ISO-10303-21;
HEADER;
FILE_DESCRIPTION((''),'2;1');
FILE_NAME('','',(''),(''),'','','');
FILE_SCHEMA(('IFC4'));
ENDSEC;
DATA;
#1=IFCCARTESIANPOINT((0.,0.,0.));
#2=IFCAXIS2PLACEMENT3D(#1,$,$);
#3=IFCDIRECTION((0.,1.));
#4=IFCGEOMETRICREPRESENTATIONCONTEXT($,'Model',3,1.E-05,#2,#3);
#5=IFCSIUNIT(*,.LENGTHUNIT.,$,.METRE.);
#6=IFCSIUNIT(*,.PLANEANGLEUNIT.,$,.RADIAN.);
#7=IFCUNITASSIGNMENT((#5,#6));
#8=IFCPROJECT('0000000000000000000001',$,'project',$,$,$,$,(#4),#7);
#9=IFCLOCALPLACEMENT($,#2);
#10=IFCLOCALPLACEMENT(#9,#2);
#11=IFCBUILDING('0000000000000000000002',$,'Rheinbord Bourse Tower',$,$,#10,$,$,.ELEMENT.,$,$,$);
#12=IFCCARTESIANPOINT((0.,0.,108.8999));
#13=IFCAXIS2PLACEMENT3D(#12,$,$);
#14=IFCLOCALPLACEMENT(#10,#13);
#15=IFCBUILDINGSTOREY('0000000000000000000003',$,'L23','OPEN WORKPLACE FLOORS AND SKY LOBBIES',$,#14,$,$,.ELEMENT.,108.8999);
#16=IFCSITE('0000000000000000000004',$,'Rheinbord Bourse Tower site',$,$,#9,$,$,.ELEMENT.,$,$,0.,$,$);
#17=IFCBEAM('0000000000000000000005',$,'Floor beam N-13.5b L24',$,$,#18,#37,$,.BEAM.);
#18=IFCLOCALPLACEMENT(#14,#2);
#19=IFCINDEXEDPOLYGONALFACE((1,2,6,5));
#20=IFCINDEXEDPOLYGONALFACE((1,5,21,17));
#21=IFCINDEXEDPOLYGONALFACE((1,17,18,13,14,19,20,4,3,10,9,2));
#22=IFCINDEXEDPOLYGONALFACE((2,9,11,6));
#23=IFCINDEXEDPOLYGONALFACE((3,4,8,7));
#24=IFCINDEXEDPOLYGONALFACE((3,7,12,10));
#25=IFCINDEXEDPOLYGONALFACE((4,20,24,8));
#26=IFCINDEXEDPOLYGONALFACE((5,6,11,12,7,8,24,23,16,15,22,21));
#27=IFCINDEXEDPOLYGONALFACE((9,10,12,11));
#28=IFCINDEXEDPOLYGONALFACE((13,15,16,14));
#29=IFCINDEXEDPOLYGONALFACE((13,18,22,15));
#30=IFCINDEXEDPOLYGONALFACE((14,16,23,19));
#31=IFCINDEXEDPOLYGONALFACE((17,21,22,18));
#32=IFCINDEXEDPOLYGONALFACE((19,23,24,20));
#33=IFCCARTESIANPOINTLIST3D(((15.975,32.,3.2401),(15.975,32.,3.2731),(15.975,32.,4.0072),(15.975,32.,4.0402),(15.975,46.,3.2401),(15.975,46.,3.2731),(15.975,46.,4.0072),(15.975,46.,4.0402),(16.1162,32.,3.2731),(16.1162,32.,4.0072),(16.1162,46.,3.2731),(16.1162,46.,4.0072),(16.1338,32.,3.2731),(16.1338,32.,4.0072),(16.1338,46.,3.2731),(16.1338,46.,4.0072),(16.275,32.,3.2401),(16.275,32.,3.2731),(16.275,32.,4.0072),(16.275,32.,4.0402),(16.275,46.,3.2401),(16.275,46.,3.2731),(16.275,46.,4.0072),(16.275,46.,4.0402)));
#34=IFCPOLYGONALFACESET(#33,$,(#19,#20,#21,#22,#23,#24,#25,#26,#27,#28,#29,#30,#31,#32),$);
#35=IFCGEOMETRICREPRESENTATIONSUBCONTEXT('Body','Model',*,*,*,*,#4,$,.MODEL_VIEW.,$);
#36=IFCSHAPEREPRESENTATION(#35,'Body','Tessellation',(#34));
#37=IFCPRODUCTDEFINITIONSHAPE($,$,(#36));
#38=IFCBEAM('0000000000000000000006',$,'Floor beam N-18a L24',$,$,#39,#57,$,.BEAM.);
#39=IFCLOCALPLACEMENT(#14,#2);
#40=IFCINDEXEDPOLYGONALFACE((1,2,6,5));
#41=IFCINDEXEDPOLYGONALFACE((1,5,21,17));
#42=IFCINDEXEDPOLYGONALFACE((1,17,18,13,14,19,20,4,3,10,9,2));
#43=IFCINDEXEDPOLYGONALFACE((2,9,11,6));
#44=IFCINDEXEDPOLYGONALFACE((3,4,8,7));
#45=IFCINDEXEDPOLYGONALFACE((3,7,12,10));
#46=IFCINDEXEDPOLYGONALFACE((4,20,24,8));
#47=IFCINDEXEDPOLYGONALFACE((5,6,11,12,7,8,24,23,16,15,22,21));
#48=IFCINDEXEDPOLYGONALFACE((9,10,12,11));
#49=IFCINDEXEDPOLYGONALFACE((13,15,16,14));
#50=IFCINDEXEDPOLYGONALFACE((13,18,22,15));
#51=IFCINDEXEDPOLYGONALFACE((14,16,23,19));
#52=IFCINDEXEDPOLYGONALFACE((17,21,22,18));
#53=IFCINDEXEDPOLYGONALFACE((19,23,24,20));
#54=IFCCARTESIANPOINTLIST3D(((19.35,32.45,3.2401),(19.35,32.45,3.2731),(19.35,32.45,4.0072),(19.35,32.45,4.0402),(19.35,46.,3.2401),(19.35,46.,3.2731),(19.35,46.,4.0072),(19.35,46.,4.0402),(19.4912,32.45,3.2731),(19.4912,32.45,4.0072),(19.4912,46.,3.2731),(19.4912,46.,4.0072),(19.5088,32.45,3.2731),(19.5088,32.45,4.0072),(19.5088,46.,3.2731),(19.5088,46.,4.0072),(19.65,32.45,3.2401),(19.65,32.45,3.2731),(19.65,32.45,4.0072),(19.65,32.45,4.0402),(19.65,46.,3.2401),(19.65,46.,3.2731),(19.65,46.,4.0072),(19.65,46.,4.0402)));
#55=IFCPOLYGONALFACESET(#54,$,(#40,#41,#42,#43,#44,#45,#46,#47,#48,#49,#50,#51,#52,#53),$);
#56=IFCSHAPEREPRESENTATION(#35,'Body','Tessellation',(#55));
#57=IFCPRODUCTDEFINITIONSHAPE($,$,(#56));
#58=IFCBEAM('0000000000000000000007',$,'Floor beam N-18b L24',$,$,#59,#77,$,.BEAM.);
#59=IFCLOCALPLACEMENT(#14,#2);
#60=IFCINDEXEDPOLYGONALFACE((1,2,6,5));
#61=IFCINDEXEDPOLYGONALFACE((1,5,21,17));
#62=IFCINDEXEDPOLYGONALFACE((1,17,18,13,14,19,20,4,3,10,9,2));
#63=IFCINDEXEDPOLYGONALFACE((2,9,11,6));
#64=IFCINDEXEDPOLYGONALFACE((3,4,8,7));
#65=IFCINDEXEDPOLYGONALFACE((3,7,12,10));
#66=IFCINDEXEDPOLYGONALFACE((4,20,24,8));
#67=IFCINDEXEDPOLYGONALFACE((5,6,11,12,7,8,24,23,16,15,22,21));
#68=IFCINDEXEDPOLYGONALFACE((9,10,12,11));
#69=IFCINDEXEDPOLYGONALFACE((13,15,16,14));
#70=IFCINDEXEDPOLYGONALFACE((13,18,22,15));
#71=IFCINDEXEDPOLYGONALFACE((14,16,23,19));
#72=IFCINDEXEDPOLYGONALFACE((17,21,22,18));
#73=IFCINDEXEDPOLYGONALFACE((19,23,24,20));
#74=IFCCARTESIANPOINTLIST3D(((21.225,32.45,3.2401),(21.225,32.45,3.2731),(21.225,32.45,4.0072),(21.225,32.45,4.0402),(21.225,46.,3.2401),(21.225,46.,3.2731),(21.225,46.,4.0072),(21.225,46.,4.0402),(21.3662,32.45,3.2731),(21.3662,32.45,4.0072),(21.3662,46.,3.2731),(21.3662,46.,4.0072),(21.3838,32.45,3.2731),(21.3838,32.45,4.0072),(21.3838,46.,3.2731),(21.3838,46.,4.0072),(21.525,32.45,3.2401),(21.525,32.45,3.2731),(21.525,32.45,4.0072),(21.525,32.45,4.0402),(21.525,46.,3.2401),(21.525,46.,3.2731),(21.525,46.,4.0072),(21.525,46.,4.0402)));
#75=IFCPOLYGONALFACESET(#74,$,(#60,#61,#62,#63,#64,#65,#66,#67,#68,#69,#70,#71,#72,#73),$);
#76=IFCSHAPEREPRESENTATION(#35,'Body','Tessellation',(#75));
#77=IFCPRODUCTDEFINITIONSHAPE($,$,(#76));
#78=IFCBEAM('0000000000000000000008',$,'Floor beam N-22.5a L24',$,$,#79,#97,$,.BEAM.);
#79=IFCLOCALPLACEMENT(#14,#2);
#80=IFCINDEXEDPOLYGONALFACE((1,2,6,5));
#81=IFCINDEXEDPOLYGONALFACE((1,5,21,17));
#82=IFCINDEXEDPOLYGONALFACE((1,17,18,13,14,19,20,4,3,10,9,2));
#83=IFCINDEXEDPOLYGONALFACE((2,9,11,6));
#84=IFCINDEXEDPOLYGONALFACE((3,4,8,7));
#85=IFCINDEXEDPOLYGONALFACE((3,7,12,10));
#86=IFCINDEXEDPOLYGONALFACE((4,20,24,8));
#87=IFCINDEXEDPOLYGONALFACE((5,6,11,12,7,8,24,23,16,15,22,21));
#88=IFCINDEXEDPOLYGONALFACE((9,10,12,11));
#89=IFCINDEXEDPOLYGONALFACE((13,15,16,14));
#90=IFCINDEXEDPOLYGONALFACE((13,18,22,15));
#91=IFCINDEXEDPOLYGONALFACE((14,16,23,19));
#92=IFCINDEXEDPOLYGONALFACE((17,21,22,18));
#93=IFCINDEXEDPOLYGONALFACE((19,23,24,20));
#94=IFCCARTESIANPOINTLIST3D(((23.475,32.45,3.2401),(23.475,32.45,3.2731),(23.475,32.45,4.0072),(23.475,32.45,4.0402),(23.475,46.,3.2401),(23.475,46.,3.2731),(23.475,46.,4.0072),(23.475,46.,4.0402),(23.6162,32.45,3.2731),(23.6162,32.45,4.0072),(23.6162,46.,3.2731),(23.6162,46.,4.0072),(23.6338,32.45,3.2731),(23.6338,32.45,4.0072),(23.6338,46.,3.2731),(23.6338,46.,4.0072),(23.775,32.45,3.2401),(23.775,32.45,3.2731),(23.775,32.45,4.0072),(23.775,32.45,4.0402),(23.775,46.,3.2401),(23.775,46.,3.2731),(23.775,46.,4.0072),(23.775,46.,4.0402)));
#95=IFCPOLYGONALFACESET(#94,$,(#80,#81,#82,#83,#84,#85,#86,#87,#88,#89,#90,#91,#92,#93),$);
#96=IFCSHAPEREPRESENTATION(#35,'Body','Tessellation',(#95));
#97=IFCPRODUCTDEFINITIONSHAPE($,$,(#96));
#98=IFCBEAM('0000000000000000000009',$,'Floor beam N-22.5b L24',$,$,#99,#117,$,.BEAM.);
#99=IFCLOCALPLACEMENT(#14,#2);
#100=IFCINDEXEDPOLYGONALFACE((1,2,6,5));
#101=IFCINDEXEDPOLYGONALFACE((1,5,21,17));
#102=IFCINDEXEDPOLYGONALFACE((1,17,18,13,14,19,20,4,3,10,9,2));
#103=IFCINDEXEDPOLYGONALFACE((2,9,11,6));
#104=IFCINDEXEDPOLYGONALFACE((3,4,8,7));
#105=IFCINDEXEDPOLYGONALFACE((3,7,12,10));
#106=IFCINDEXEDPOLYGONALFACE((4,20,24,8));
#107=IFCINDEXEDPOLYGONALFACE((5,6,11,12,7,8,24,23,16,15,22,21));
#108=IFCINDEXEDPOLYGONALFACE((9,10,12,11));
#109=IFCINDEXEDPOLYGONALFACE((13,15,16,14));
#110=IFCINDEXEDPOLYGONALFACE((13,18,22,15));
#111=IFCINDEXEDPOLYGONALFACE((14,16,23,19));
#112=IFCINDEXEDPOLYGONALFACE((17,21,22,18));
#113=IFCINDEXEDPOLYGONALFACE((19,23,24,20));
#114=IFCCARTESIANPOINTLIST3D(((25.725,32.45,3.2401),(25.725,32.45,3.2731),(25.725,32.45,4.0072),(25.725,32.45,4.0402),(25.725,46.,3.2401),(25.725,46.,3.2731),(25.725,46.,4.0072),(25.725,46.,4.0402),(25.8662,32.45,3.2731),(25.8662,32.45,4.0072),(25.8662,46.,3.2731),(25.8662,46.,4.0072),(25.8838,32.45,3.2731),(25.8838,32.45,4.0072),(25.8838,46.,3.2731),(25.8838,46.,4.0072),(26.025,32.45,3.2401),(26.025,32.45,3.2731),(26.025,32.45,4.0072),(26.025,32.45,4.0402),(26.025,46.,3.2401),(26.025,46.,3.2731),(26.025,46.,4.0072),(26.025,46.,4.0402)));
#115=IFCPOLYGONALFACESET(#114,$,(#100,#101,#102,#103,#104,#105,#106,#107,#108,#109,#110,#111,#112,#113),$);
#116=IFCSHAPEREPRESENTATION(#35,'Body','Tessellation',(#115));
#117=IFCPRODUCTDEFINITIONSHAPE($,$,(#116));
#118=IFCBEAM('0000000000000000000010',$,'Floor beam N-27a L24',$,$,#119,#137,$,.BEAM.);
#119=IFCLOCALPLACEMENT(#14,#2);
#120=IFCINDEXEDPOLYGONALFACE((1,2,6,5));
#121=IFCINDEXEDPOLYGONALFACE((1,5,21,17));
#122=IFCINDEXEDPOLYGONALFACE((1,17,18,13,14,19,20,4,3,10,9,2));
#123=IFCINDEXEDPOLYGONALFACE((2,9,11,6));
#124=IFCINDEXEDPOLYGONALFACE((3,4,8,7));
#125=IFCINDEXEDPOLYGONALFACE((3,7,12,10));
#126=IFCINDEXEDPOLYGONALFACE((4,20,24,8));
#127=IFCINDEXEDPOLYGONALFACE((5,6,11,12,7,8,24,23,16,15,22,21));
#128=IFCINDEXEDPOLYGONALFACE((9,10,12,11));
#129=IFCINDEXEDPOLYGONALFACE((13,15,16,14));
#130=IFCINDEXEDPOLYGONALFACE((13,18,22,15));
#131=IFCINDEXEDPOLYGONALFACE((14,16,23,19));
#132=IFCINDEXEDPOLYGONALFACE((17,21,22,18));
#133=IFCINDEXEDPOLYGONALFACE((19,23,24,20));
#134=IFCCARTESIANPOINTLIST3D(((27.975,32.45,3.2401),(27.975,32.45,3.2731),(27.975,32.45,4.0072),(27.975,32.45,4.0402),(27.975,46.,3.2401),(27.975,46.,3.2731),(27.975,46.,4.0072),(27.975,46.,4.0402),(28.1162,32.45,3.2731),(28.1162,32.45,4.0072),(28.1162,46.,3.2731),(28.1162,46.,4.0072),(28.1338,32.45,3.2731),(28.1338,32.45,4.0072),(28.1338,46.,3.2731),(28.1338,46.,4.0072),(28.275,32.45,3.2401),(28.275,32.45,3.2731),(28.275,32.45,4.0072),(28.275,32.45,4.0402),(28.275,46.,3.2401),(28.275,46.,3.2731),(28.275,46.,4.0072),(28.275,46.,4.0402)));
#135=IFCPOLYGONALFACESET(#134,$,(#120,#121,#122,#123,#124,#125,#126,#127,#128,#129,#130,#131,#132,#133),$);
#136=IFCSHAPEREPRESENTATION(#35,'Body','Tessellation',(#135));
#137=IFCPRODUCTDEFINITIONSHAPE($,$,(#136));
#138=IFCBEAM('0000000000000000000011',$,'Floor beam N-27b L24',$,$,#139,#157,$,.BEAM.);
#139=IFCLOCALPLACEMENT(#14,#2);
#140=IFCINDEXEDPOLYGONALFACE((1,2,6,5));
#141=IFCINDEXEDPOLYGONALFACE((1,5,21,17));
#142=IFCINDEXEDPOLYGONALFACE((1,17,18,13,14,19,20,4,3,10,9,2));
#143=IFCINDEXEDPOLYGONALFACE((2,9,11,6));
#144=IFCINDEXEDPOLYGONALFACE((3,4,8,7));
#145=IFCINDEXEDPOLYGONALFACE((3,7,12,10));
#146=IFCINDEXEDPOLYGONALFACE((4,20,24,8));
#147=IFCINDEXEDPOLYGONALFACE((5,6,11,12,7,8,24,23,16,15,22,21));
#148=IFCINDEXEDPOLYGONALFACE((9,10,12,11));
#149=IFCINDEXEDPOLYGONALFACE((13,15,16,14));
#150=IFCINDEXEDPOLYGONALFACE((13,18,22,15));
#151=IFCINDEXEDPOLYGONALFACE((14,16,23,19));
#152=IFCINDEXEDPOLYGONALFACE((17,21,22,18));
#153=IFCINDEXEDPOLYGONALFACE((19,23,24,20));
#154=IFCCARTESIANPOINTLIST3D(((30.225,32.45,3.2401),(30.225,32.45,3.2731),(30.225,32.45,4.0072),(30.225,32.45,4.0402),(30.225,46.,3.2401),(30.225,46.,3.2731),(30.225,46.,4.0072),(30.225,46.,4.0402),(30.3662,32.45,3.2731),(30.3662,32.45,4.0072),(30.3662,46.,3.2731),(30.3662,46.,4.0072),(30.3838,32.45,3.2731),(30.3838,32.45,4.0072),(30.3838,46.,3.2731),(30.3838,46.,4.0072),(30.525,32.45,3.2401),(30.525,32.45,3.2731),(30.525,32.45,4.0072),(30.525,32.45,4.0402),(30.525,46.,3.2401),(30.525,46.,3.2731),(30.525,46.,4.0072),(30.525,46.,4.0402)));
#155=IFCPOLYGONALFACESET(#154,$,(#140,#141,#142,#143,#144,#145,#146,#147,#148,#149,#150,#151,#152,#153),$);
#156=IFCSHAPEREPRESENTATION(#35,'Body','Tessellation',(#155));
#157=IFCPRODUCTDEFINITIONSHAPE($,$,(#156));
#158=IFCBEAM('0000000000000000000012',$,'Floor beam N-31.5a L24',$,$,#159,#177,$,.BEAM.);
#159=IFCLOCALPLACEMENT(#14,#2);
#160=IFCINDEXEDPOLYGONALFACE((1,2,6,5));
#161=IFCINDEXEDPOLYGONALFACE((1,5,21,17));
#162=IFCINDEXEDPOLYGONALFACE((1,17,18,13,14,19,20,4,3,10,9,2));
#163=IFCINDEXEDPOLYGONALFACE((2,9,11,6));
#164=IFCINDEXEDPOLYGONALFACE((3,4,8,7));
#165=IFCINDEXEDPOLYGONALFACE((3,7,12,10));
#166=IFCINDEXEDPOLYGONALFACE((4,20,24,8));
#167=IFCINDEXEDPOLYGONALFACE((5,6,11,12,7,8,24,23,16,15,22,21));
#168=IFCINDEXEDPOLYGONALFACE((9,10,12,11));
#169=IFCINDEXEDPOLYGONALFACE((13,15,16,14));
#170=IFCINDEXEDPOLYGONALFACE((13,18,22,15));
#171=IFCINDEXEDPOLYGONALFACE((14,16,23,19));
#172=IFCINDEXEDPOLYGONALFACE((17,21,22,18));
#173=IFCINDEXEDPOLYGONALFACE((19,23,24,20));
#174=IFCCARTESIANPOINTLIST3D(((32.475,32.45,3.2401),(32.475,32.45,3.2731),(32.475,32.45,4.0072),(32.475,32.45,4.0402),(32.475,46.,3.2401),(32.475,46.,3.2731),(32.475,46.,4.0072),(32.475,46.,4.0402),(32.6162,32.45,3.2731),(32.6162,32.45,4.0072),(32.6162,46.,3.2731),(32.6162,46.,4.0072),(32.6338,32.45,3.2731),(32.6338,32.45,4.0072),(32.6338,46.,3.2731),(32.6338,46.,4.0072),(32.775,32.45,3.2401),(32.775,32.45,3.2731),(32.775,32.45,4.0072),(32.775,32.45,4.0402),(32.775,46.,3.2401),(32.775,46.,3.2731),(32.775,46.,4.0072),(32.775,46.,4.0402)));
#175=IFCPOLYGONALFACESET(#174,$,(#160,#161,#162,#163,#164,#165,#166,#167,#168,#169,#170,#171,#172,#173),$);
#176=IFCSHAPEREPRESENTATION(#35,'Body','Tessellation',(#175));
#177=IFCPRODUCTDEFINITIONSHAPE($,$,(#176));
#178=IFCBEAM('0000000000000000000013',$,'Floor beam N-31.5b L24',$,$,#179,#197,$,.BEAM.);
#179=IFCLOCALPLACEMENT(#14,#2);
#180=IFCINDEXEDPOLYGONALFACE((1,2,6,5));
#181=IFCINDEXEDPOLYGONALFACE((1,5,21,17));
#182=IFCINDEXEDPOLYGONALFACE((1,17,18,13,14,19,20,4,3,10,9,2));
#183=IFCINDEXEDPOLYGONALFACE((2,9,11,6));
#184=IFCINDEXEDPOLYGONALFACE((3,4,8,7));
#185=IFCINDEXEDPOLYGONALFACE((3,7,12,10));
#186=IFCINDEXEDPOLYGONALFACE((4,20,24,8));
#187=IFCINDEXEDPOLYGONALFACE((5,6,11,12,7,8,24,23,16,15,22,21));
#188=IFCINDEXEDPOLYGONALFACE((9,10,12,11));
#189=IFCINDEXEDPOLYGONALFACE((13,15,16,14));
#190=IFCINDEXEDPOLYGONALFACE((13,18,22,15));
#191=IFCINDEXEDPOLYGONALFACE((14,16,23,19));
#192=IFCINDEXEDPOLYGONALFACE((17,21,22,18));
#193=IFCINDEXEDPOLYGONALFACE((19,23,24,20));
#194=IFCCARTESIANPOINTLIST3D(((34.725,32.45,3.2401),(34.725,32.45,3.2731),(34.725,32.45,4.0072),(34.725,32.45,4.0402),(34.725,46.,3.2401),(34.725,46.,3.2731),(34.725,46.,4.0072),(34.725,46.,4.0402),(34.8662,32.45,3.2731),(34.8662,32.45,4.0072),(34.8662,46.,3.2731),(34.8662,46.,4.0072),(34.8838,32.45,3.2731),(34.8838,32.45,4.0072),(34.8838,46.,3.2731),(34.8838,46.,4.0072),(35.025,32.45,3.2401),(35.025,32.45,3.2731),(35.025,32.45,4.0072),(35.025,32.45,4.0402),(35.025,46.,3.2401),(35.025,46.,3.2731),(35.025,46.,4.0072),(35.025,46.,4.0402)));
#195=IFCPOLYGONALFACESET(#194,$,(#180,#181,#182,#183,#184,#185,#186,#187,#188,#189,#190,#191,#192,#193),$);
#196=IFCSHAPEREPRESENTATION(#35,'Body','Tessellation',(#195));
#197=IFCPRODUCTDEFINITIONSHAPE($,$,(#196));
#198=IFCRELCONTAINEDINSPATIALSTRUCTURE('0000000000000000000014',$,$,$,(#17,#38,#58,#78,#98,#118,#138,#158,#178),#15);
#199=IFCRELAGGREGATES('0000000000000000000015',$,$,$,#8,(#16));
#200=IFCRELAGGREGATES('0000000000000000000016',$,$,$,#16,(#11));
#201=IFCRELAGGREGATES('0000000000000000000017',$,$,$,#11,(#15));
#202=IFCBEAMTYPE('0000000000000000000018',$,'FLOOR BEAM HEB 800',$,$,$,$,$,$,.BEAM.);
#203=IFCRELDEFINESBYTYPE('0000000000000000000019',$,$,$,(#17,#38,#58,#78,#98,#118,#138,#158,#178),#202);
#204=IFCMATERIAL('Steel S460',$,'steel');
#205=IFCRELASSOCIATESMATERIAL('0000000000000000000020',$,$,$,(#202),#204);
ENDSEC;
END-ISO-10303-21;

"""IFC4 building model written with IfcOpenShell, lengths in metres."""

from ifc_helpers import new_model, si_unit, direction, frame, origin, origin_2d, place, context, subcontext, project, spatial, i_section, extrude, material, material_profile, profile_set, type_object, element, save


model = new_model("IFC4")

# Units and contexts
model_context = context("Model", 3, precision=1e-05, world=origin(), true_north=direction((0.0, 1.0)))
body_context = subcontext(model_context, "Body", "Model", "MODEL_VIEW")
ifc_project = project(units=[si_unit("LENGTHUNIT", "METRE"), si_unit("PLANEANGLEUNIT", "RADIAN")], contexts=[model_context])

# Site, building, storey
site_placement = place(None, origin())
site = spatial("IfcSite", under=ifc_project, at=site_placement, Name="Rheinbord Bourse Tower site", CompositionType="ELEMENT", RefElevation=0.0)
building_placement = place(site_placement, origin())
building = spatial("IfcBuilding", under=site, at=building_placement, Name="Rheinbord Bourse Tower", CompositionType="ELEMENT")
storey_placement = place(building_placement, frame((0.0, 0.0, 108.8999)))
storey = spatial("IfcBuildingStorey", under=building, at=storey_placement, Name="L23", Description="OPEN WORKPLACE FLOORS AND SKY LOBBIES", CompositionType="ELEMENT", Elevation=108.8999)

# Beams
ifc_material_1 = material(Name="Steel S460", Category="steel")
ifc_material_profile_1 = material_profile(ifc_material_1, i_section(OverallWidth=0.3, OverallDepth=0.8, WebThickness=0.0176, FlangeThickness=0.033, at=origin_2d()), Name="HEB 800")
ifc_profile_set_1 = profile_set([ifc_material_profile_1], Name="Steel S460")
beam_type_1 = type_object("IfcBeamType", Name="FLOOR BEAM HEB 800", PredefinedType="BEAM", material=ifc_profile_set_1)
beam_placement = place(storey_placement, frame((16.125, 46.0, 3.6401), z_axis=(0.0, -1.0, 0.0), x_axis=(1.0, 0.0, 0.0)))
element("IfcBeam", 1, at=beam_placement, inside=storey, type_object=beam_type_1, Name="Floor beam N-13.5b L24", PredefinedType="BEAM", context=body_context, shape_type="SweptSolid", body=[
    extrude(i_section(OverallWidth=0.3, OverallDepth=0.8, WebThickness=0.0176, FlangeThickness=0.033, at=origin_2d()), origin(), (0.0, 0.0, 1.0), 14.0),
])
for number, where, z_axis, x_axis, name in (
    (2, (19.5, 46.0, 3.6401), (0.0, -1.0, 0.0), (1.0, 0.0, 0.0), "Floor beam N-18a L24"),
    (3, (21.375, 46.0, 3.6401), (0.0, -1.0, 0.0), (1.0, 0.0, 0.0), "Floor beam N-18b L24"),
    (4, (23.625, 46.0, 3.6401), (0.0, -1.0, 0.0), (1.0, 0.0, 0.0), "Floor beam N-22.5a L24"),
    (5, (25.875, 46.0, 3.6401), (0.0, -1.0, 0.0), (1.0, 0.0, 0.0), "Floor beam N-22.5b L24"),
    (6, (28.125, 46.0, 3.6401), (0.0, -1.0, 0.0), (1.0, 0.0, 0.0), "Floor beam N-27a L24"),
    (7, (30.375, 46.0, 3.6401), (0.0, -1.0, 0.0), (1.0, 0.0, 0.0), "Floor beam N-27b L24"),
    (8, (32.625, 46.0, 3.6401), (0.0, -1.0, 0.0), (1.0, 0.0, 0.0), "Floor beam N-31.5a L24"),
    (9, (34.875, 46.0, 3.6401), (0.0, -1.0, 0.0), (1.0, 0.0, 0.0), "Floor beam N-31.5b L24"),
):
    element("IfcBeam", number, at=place(storey_placement, frame(where, z_axis=z_axis, x_axis=x_axis)), inside=storey, type_object=beam_type_1, Name=name, PredefinedType="BEAM", context=body_context, shape_type="SweptSolid", body=[
        extrude(i_section(OverallWidth=0.3, OverallDepth=0.8, WebThickness=0.0176, FlangeThickness=0.033, at=origin_2d()), origin(), (0.0, 0.0, 1.0), 13.55),
    ])

save(model, "model.ifc")
